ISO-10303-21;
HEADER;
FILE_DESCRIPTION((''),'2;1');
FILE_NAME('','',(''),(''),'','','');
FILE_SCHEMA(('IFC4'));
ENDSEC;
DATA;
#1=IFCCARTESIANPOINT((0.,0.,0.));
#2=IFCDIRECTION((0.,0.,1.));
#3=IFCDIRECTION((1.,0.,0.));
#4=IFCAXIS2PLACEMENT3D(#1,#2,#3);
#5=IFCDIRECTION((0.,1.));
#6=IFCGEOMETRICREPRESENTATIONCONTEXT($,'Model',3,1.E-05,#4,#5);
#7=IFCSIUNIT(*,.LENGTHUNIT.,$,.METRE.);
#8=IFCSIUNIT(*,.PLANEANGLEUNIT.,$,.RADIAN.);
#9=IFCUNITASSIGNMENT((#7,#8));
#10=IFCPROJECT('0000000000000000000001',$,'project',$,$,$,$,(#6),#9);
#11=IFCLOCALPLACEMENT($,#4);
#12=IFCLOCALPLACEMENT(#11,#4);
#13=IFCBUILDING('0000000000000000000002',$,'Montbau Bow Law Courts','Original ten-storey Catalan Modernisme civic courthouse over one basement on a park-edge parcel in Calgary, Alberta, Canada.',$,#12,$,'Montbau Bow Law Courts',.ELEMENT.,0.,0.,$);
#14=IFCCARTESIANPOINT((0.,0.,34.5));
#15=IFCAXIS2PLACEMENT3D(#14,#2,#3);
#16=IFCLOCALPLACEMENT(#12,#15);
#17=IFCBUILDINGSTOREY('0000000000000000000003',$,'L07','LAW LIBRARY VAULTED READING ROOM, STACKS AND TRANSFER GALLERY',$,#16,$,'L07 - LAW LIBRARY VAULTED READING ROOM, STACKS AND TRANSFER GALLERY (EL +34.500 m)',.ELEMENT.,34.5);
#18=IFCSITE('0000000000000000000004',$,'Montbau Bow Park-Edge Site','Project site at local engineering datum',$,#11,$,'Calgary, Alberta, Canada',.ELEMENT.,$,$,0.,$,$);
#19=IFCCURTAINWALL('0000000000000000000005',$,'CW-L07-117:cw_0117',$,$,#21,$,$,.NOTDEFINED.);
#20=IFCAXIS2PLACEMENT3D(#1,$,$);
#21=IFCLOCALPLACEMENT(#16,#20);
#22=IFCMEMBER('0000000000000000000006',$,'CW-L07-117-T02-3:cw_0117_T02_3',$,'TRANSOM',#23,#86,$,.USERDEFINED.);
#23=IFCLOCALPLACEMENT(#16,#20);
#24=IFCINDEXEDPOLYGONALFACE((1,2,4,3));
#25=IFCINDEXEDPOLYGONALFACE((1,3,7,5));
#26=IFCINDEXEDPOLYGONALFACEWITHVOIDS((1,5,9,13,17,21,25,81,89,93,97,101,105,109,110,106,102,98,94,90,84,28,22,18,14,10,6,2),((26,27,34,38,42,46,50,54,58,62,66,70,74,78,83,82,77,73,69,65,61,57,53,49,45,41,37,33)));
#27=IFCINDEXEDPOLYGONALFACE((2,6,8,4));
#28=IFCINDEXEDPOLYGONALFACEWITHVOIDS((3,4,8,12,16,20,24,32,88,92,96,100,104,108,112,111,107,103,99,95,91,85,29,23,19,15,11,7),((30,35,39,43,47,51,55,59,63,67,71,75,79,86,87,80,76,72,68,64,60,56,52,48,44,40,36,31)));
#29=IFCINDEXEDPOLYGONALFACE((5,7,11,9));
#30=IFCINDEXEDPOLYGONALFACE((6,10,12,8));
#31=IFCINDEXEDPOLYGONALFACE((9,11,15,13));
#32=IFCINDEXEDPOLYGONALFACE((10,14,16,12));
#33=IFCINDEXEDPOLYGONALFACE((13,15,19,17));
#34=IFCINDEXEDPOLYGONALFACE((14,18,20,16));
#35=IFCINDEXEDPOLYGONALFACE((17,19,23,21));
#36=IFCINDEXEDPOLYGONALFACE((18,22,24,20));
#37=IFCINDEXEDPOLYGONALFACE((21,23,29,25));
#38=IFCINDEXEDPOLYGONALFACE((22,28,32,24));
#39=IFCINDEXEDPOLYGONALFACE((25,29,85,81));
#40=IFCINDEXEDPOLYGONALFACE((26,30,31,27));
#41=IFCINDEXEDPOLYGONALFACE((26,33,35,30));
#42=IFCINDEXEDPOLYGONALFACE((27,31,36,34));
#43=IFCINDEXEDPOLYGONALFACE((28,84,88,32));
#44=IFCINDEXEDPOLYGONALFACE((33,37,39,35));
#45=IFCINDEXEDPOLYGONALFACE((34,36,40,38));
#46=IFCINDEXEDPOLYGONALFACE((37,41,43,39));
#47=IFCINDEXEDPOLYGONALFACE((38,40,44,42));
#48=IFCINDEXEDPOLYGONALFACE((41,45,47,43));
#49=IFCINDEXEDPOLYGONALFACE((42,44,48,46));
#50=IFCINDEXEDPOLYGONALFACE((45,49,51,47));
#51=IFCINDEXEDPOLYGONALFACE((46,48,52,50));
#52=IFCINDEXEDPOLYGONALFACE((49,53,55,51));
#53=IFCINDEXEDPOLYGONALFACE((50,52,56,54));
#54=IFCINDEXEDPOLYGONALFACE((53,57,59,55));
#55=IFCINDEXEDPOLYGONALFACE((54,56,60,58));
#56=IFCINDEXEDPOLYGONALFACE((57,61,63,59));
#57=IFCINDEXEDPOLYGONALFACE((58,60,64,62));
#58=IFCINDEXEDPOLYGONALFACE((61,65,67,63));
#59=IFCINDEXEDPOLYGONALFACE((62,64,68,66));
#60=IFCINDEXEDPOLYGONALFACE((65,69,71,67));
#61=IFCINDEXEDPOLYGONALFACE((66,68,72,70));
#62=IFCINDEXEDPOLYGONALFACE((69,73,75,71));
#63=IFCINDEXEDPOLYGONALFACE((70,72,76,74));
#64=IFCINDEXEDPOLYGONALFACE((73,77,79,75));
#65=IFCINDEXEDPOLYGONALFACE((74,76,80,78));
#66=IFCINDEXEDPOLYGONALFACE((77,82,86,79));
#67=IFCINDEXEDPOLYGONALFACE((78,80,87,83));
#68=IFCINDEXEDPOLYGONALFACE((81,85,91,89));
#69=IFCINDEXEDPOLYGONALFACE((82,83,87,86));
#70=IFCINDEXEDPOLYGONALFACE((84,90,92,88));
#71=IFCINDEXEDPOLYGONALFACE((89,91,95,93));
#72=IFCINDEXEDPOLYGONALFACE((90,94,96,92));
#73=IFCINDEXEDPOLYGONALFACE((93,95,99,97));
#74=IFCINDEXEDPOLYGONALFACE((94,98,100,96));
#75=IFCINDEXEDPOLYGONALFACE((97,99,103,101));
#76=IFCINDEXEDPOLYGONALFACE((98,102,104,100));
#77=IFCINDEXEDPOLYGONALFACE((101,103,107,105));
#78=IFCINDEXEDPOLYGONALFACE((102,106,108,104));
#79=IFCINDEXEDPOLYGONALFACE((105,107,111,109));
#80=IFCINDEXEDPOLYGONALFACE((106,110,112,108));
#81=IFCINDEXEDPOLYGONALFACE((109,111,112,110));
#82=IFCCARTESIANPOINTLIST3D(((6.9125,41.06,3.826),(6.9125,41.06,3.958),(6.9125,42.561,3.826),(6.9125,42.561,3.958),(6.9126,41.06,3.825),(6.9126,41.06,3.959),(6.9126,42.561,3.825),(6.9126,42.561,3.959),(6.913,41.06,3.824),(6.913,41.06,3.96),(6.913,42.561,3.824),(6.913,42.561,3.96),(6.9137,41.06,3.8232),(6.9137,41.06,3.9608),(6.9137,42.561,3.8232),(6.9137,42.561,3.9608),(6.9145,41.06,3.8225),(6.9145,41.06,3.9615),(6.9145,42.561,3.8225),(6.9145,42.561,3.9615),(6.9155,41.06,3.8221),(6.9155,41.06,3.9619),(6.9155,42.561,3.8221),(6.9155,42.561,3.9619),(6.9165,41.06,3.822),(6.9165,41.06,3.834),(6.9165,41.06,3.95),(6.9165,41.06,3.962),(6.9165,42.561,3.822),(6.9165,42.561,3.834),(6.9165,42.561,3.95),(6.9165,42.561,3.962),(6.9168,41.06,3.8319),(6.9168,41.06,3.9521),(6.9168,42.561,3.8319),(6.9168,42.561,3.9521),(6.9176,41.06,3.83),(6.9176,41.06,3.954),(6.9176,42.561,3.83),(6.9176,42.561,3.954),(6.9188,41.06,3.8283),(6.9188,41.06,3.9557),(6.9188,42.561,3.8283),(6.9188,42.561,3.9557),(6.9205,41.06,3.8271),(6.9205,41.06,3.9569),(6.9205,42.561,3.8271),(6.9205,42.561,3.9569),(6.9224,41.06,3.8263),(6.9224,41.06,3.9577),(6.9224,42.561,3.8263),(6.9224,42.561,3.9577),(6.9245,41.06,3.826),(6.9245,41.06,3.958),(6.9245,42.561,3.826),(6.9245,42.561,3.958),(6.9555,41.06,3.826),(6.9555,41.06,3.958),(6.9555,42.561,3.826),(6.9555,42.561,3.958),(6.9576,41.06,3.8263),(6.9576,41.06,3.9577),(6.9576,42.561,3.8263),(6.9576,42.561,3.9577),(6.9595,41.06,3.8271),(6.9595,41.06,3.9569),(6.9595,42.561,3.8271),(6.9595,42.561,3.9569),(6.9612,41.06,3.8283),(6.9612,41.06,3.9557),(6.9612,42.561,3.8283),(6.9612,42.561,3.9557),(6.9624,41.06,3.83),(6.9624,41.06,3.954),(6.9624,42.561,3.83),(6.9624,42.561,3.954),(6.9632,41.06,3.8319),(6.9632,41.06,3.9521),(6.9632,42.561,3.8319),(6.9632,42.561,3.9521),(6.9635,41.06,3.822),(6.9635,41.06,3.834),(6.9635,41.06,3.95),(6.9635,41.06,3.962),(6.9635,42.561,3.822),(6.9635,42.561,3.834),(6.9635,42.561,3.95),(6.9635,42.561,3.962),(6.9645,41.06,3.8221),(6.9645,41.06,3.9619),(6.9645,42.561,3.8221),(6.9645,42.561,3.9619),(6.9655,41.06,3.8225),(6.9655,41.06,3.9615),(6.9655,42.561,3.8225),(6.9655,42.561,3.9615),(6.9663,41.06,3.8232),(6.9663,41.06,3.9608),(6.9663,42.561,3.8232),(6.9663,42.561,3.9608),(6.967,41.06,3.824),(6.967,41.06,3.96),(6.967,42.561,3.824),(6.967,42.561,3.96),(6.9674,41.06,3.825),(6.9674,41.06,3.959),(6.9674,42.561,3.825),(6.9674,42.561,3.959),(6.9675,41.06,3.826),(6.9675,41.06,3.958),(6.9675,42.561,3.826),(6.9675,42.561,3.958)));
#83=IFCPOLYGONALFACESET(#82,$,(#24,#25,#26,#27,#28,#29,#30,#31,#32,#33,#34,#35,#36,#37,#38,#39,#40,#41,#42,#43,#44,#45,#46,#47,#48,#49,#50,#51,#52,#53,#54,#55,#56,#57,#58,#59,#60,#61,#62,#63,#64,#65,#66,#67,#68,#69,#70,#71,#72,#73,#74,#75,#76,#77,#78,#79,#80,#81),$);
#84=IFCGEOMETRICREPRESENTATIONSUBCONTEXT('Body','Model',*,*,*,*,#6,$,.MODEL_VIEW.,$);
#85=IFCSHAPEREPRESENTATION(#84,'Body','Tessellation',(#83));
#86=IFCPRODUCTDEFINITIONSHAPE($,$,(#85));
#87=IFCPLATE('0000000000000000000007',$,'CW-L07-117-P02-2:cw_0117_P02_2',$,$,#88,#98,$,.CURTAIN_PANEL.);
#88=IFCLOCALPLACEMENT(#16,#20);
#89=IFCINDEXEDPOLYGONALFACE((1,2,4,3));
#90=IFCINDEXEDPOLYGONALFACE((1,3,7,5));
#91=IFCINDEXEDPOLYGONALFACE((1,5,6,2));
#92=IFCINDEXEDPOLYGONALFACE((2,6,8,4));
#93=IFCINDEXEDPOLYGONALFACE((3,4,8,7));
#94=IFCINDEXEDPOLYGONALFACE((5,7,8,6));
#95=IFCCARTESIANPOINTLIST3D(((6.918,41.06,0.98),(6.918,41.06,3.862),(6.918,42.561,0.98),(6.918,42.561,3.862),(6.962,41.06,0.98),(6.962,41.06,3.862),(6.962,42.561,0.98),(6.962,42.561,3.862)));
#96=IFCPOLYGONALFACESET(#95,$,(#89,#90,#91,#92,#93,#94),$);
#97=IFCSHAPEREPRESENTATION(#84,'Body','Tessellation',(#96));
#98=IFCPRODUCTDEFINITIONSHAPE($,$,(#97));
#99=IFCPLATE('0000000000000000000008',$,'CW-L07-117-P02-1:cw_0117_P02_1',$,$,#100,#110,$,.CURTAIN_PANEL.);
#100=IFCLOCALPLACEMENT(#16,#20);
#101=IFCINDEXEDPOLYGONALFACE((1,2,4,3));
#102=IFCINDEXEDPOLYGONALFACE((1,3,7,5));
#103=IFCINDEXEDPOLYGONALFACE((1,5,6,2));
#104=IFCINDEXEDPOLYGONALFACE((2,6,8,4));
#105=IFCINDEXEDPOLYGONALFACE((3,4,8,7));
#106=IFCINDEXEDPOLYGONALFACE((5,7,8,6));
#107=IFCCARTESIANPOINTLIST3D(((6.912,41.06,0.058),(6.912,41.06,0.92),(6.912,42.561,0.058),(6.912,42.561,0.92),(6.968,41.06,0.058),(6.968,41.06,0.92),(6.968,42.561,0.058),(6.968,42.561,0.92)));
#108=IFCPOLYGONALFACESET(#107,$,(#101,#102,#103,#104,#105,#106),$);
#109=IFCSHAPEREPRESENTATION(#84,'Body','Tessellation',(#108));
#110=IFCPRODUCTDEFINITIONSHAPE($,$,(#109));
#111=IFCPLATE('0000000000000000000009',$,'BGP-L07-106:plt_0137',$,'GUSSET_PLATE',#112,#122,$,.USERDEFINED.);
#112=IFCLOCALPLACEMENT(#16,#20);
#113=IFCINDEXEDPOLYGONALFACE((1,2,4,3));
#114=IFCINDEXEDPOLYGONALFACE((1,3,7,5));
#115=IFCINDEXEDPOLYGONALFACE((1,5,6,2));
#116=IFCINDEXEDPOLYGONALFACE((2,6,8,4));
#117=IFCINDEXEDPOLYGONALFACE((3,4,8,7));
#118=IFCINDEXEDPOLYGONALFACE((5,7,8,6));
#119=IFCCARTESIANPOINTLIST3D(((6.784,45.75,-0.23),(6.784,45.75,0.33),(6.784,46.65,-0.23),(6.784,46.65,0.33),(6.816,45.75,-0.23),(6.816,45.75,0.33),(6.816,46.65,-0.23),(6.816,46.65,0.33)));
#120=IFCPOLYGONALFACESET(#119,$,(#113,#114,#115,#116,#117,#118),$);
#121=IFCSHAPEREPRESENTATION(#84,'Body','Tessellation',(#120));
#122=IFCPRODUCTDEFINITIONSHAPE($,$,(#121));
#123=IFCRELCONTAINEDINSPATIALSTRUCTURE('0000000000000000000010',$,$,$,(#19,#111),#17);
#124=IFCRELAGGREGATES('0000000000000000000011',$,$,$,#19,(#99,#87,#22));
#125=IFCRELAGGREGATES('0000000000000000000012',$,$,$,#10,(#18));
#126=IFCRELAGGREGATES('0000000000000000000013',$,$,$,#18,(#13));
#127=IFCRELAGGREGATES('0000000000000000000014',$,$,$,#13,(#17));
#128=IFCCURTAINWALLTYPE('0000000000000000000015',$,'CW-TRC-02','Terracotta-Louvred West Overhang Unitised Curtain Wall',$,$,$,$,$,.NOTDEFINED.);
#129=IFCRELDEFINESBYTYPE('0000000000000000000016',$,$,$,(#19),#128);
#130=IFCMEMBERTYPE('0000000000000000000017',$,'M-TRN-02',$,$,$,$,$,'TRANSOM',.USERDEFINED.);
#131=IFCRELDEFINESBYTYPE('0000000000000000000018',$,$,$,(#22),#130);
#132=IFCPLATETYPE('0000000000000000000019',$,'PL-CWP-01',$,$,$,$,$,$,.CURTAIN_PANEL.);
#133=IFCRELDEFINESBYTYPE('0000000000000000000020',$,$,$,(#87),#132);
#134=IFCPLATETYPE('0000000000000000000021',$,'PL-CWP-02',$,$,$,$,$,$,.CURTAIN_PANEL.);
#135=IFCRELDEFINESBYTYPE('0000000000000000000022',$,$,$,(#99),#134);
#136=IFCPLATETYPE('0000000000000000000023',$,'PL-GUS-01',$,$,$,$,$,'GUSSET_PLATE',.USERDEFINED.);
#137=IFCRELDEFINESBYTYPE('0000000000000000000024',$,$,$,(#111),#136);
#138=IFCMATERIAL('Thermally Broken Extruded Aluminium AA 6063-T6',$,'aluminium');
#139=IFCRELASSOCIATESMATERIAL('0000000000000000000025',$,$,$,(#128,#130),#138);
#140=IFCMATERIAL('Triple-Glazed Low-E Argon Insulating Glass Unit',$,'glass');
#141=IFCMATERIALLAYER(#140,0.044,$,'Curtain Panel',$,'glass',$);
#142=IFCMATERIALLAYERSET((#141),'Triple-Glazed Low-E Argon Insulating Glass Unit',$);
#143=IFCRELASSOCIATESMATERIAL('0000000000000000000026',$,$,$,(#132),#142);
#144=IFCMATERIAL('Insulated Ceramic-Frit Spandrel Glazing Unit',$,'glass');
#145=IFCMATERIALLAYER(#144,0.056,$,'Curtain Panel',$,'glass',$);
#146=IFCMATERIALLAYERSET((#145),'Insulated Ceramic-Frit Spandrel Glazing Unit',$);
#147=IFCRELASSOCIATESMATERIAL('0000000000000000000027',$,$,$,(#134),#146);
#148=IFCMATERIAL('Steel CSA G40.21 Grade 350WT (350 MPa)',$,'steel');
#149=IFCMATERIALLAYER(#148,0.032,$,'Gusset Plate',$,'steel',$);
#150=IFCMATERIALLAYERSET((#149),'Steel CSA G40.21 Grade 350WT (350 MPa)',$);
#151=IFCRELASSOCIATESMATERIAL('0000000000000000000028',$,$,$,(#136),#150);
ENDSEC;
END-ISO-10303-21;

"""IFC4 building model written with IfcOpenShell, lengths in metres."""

from ifc_helpers import new_model, si_unit, direction, frame, frame_2d, origin_with_axes, origin_2d_with_axis, place, context, subcontext, project, spatial, rectangle, hollow_rectangle, extrude, material, layer, layer_set, material_profile, profile_set, type_object, element, aggregate, save


model = new_model("IFC4")

# Units and contexts
model_context = context("Model", 3, precision=1e-05, world=origin_with_axes(), true_north=direction((0.0, 1.0)))
body_context = subcontext(model_context, "Body", "Model", "MODEL_VIEW")
ifc_project = project(units=[si_unit("LENGTHUNIT", "METRE"), si_unit("PLANEANGLEUNIT", "RADIAN")], contexts=[model_context])

# Site, building, storey
site_placement = place(None, origin_with_axes())
site = spatial("IfcSite", under=ifc_project, at=site_placement, Name="Montbau Bow Park-Edge Site", Description="Project site at local engineering datum", LongName="Calgary, Alberta, Canada", CompositionType="ELEMENT", RefElevation=0.0)
building_placement = place(site_placement, origin_with_axes())
building = spatial("IfcBuilding", under=site, at=building_placement, Name="Montbau Bow Law Courts", Description="Original ten-storey Catalan Modernisme civic courthouse over one basement on a park-edge parcel in Calgary, Alberta, Canada.", LongName="Montbau Bow Law Courts", CompositionType="ELEMENT", ElevationOfRefHeight=0.0, ElevationOfTerrain=0.0)
storey_placement = place(building_placement, frame((0.0, 0.0, 34.5), z_axis=(0.0, 0.0, 1.0), x_axis=(1.0, 0.0, 0.0)))
storey = spatial("IfcBuildingStorey", under=building, at=storey_placement, Name="L07", Description="LAW LIBRARY VAULTED READING ROOM, STACKS AND TRANSFER GALLERY", LongName="L07 - LAW LIBRARY VAULTED READING ROOM, STACKS AND TRANSFER GALLERY (EL +34.500 m)", CompositionType="ELEMENT", Elevation=34.5)

# Shared definitions
ifc_material_1 = material(Name="Steel CSA G40.21 Grade 350WT (350 MPa)", Category="steel")

# Curtain wall, member, plates
ifc_material_2 = material(Name="Thermally Broken Extruded Aluminium AA 6063-T6", Category="aluminium")
curtain_wall_type = type_object("IfcCurtainWallType", Name="CW-TRC-02", Description="Terracotta-Louvred West Overhang Unitised Curtain Wall", PredefinedType="NOTDEFINED", material=ifc_material_2)
curtain_wall_placement = place(None, frame((6.94, 39.44, 34.5), z_axis=(0.0, 0.0, 1.0), x_axis=(1.0, 0.0, 0.0)))
curtain_wall = element("IfcCurtainWall", 1, at=curtain_wall_placement, inside=storey, type_object=curtain_wall_type, Name="CW-L07-117:cw_0117", PredefinedType="NOTDEFINED")
ifc_material_profile_1 = material_profile(ifc_material_2, hollow_rectangle(XDim=0.055, YDim=0.14, WallThickness=0.004, InnerFilletRadius=0.008, OuterFilletRadius=0.004, at=origin_2d_with_axis()), Name="CWT-140X55", Category="Main", Priority=0)
ifc_profile_set_1 = profile_set([ifc_material_profile_1], Name="Thermally Broken Extruded Aluminium AA 6063-T6")
member_type_1 = type_object("IfcMemberType", Name="M-TRN-02", ElementType="TRANSOM", PredefinedType="USERDEFINED", material=ifc_profile_set_1)
member_1_placement = place(None, frame((6.94, 41.06, 38.392), z_axis=(0.0, 1.0, 0.0), x_axis=(-1.0, 0.0, 0.0)))
member_1 = element("IfcMember", 2, at=member_1_placement, type_object=member_type_1, Name="CW-L07-117-T02-3:cw_0117_T02_3", ObjectType="TRANSOM", PredefinedType="USERDEFINED", context=body_context, shape_type="SweptSolid", body=[
    extrude(hollow_rectangle(XDim=0.055, YDim=0.14, WallThickness=0.004, InnerFilletRadius=0.008, OuterFilletRadius=0.004, at=origin_2d_with_axis()), origin_with_axes(), (0.0, 0.0, 1.0), 1.501),
])
ifc_material_3 = material(Name="Triple-Glazed Low-E Argon Insulating Glass Unit", Category="glass")
ifc_layer_1 = layer(ifc_material_3, 0.044, Name="Curtain Panel", Category="glass")
ifc_layer_set_1 = layer_set([ifc_layer_1], Name="Triple-Glazed Low-E Argon Insulating Glass Unit")
plate_type_1 = type_object("IfcPlateType", Name="PL-CWP-01", PredefinedType="CURTAIN_PANEL", material=ifc_layer_set_1)
plate_1_placement = place(None, frame((6.94, 41.06, 35.48), z_axis=(1.0, 0.0, 0.0), x_axis=(0.0, 1.0, 0.0)))
plate_1 = element("IfcPlate", 3, at=plate_1_placement, type_object=plate_type_1, Name="CW-L07-117-P02-2:cw_0117_P02_2", PredefinedType="CURTAIN_PANEL", context=body_context, shape_type="SweptSolid", body=[
    extrude(rectangle(XDim=1.501, YDim=2.882, at=frame_2d((0.7505, 1.441), x_axis=(1.0, 0.0))), frame((0.0, 0.0, -0.022), z_axis=(0.0, 0.0, 1.0), x_axis=(1.0, 0.0, 0.0)), (0.0, 0.0, 1.0), 0.044),
])
ifc_material_4 = material(Name="Insulated Ceramic-Frit Spandrel Glazing Unit", Category="glass")
ifc_layer_2 = layer(ifc_material_4, 0.056, Name="Curtain Panel", Category="glass")
ifc_layer_set_2 = layer_set([ifc_layer_2], Name="Insulated Ceramic-Frit Spandrel Glazing Unit")
plate_type_2 = type_object("IfcPlateType", Name="PL-CWP-02", PredefinedType="CURTAIN_PANEL", material=ifc_layer_set_2)
plate_2_placement = place(None, frame((6.94, 41.06, 34.558), z_axis=(1.0, 0.0, 0.0), x_axis=(0.0, 1.0, 0.0)))
plate_2 = element("IfcPlate", 4, at=plate_2_placement, type_object=plate_type_2, Name="CW-L07-117-P02-1:cw_0117_P02_1", PredefinedType="CURTAIN_PANEL", context=body_context, shape_type="SweptSolid", body=[
    extrude(rectangle(XDim=1.501, YDim=0.862, at=frame_2d((0.7505, 0.431), x_axis=(1.0, 0.0))), frame((0.0, 0.0, -0.028), z_axis=(0.0, 0.0, 1.0), x_axis=(1.0, 0.0, 0.0)), (0.0, 0.0, 1.0), 0.056),
])
aggregate(curtain_wall, [plate_2, plate_1, member_1])

# Plate
ifc_layer_3 = layer(ifc_material_1, 0.032, Name="Gusset Plate", Category="steel")
ifc_layer_set_3 = layer_set([ifc_layer_3], Name="Steel CSA G40.21 Grade 350WT (350 MPa)")
plate_type_3 = type_object("IfcPlateType", Name="PL-GUS-01", ElementType="GUSSET_PLATE", PredefinedType="USERDEFINED", material=ifc_layer_set_3)
plate_3_placement = place(None, frame((6.8, 46.2, 34.27), z_axis=(0.0, 0.0, 1.0), x_axis=(0.0, 1.0, 0.0)))
element("IfcPlate", 5, at=plate_3_placement, inside=storey, type_object=plate_type_3, Name="BGP-L07-106:plt_0137", ObjectType="GUSSET_PLATE", PredefinedType="USERDEFINED", context=body_context, shape_type="SweptSolid", body=[
    extrude(rectangle(XDim=0.9, YDim=0.032, at=origin_2d_with_axis()), origin_with_axes(), (0.0, 0.0, 1.0), 0.56),
])

save(model, "model.ifc")
